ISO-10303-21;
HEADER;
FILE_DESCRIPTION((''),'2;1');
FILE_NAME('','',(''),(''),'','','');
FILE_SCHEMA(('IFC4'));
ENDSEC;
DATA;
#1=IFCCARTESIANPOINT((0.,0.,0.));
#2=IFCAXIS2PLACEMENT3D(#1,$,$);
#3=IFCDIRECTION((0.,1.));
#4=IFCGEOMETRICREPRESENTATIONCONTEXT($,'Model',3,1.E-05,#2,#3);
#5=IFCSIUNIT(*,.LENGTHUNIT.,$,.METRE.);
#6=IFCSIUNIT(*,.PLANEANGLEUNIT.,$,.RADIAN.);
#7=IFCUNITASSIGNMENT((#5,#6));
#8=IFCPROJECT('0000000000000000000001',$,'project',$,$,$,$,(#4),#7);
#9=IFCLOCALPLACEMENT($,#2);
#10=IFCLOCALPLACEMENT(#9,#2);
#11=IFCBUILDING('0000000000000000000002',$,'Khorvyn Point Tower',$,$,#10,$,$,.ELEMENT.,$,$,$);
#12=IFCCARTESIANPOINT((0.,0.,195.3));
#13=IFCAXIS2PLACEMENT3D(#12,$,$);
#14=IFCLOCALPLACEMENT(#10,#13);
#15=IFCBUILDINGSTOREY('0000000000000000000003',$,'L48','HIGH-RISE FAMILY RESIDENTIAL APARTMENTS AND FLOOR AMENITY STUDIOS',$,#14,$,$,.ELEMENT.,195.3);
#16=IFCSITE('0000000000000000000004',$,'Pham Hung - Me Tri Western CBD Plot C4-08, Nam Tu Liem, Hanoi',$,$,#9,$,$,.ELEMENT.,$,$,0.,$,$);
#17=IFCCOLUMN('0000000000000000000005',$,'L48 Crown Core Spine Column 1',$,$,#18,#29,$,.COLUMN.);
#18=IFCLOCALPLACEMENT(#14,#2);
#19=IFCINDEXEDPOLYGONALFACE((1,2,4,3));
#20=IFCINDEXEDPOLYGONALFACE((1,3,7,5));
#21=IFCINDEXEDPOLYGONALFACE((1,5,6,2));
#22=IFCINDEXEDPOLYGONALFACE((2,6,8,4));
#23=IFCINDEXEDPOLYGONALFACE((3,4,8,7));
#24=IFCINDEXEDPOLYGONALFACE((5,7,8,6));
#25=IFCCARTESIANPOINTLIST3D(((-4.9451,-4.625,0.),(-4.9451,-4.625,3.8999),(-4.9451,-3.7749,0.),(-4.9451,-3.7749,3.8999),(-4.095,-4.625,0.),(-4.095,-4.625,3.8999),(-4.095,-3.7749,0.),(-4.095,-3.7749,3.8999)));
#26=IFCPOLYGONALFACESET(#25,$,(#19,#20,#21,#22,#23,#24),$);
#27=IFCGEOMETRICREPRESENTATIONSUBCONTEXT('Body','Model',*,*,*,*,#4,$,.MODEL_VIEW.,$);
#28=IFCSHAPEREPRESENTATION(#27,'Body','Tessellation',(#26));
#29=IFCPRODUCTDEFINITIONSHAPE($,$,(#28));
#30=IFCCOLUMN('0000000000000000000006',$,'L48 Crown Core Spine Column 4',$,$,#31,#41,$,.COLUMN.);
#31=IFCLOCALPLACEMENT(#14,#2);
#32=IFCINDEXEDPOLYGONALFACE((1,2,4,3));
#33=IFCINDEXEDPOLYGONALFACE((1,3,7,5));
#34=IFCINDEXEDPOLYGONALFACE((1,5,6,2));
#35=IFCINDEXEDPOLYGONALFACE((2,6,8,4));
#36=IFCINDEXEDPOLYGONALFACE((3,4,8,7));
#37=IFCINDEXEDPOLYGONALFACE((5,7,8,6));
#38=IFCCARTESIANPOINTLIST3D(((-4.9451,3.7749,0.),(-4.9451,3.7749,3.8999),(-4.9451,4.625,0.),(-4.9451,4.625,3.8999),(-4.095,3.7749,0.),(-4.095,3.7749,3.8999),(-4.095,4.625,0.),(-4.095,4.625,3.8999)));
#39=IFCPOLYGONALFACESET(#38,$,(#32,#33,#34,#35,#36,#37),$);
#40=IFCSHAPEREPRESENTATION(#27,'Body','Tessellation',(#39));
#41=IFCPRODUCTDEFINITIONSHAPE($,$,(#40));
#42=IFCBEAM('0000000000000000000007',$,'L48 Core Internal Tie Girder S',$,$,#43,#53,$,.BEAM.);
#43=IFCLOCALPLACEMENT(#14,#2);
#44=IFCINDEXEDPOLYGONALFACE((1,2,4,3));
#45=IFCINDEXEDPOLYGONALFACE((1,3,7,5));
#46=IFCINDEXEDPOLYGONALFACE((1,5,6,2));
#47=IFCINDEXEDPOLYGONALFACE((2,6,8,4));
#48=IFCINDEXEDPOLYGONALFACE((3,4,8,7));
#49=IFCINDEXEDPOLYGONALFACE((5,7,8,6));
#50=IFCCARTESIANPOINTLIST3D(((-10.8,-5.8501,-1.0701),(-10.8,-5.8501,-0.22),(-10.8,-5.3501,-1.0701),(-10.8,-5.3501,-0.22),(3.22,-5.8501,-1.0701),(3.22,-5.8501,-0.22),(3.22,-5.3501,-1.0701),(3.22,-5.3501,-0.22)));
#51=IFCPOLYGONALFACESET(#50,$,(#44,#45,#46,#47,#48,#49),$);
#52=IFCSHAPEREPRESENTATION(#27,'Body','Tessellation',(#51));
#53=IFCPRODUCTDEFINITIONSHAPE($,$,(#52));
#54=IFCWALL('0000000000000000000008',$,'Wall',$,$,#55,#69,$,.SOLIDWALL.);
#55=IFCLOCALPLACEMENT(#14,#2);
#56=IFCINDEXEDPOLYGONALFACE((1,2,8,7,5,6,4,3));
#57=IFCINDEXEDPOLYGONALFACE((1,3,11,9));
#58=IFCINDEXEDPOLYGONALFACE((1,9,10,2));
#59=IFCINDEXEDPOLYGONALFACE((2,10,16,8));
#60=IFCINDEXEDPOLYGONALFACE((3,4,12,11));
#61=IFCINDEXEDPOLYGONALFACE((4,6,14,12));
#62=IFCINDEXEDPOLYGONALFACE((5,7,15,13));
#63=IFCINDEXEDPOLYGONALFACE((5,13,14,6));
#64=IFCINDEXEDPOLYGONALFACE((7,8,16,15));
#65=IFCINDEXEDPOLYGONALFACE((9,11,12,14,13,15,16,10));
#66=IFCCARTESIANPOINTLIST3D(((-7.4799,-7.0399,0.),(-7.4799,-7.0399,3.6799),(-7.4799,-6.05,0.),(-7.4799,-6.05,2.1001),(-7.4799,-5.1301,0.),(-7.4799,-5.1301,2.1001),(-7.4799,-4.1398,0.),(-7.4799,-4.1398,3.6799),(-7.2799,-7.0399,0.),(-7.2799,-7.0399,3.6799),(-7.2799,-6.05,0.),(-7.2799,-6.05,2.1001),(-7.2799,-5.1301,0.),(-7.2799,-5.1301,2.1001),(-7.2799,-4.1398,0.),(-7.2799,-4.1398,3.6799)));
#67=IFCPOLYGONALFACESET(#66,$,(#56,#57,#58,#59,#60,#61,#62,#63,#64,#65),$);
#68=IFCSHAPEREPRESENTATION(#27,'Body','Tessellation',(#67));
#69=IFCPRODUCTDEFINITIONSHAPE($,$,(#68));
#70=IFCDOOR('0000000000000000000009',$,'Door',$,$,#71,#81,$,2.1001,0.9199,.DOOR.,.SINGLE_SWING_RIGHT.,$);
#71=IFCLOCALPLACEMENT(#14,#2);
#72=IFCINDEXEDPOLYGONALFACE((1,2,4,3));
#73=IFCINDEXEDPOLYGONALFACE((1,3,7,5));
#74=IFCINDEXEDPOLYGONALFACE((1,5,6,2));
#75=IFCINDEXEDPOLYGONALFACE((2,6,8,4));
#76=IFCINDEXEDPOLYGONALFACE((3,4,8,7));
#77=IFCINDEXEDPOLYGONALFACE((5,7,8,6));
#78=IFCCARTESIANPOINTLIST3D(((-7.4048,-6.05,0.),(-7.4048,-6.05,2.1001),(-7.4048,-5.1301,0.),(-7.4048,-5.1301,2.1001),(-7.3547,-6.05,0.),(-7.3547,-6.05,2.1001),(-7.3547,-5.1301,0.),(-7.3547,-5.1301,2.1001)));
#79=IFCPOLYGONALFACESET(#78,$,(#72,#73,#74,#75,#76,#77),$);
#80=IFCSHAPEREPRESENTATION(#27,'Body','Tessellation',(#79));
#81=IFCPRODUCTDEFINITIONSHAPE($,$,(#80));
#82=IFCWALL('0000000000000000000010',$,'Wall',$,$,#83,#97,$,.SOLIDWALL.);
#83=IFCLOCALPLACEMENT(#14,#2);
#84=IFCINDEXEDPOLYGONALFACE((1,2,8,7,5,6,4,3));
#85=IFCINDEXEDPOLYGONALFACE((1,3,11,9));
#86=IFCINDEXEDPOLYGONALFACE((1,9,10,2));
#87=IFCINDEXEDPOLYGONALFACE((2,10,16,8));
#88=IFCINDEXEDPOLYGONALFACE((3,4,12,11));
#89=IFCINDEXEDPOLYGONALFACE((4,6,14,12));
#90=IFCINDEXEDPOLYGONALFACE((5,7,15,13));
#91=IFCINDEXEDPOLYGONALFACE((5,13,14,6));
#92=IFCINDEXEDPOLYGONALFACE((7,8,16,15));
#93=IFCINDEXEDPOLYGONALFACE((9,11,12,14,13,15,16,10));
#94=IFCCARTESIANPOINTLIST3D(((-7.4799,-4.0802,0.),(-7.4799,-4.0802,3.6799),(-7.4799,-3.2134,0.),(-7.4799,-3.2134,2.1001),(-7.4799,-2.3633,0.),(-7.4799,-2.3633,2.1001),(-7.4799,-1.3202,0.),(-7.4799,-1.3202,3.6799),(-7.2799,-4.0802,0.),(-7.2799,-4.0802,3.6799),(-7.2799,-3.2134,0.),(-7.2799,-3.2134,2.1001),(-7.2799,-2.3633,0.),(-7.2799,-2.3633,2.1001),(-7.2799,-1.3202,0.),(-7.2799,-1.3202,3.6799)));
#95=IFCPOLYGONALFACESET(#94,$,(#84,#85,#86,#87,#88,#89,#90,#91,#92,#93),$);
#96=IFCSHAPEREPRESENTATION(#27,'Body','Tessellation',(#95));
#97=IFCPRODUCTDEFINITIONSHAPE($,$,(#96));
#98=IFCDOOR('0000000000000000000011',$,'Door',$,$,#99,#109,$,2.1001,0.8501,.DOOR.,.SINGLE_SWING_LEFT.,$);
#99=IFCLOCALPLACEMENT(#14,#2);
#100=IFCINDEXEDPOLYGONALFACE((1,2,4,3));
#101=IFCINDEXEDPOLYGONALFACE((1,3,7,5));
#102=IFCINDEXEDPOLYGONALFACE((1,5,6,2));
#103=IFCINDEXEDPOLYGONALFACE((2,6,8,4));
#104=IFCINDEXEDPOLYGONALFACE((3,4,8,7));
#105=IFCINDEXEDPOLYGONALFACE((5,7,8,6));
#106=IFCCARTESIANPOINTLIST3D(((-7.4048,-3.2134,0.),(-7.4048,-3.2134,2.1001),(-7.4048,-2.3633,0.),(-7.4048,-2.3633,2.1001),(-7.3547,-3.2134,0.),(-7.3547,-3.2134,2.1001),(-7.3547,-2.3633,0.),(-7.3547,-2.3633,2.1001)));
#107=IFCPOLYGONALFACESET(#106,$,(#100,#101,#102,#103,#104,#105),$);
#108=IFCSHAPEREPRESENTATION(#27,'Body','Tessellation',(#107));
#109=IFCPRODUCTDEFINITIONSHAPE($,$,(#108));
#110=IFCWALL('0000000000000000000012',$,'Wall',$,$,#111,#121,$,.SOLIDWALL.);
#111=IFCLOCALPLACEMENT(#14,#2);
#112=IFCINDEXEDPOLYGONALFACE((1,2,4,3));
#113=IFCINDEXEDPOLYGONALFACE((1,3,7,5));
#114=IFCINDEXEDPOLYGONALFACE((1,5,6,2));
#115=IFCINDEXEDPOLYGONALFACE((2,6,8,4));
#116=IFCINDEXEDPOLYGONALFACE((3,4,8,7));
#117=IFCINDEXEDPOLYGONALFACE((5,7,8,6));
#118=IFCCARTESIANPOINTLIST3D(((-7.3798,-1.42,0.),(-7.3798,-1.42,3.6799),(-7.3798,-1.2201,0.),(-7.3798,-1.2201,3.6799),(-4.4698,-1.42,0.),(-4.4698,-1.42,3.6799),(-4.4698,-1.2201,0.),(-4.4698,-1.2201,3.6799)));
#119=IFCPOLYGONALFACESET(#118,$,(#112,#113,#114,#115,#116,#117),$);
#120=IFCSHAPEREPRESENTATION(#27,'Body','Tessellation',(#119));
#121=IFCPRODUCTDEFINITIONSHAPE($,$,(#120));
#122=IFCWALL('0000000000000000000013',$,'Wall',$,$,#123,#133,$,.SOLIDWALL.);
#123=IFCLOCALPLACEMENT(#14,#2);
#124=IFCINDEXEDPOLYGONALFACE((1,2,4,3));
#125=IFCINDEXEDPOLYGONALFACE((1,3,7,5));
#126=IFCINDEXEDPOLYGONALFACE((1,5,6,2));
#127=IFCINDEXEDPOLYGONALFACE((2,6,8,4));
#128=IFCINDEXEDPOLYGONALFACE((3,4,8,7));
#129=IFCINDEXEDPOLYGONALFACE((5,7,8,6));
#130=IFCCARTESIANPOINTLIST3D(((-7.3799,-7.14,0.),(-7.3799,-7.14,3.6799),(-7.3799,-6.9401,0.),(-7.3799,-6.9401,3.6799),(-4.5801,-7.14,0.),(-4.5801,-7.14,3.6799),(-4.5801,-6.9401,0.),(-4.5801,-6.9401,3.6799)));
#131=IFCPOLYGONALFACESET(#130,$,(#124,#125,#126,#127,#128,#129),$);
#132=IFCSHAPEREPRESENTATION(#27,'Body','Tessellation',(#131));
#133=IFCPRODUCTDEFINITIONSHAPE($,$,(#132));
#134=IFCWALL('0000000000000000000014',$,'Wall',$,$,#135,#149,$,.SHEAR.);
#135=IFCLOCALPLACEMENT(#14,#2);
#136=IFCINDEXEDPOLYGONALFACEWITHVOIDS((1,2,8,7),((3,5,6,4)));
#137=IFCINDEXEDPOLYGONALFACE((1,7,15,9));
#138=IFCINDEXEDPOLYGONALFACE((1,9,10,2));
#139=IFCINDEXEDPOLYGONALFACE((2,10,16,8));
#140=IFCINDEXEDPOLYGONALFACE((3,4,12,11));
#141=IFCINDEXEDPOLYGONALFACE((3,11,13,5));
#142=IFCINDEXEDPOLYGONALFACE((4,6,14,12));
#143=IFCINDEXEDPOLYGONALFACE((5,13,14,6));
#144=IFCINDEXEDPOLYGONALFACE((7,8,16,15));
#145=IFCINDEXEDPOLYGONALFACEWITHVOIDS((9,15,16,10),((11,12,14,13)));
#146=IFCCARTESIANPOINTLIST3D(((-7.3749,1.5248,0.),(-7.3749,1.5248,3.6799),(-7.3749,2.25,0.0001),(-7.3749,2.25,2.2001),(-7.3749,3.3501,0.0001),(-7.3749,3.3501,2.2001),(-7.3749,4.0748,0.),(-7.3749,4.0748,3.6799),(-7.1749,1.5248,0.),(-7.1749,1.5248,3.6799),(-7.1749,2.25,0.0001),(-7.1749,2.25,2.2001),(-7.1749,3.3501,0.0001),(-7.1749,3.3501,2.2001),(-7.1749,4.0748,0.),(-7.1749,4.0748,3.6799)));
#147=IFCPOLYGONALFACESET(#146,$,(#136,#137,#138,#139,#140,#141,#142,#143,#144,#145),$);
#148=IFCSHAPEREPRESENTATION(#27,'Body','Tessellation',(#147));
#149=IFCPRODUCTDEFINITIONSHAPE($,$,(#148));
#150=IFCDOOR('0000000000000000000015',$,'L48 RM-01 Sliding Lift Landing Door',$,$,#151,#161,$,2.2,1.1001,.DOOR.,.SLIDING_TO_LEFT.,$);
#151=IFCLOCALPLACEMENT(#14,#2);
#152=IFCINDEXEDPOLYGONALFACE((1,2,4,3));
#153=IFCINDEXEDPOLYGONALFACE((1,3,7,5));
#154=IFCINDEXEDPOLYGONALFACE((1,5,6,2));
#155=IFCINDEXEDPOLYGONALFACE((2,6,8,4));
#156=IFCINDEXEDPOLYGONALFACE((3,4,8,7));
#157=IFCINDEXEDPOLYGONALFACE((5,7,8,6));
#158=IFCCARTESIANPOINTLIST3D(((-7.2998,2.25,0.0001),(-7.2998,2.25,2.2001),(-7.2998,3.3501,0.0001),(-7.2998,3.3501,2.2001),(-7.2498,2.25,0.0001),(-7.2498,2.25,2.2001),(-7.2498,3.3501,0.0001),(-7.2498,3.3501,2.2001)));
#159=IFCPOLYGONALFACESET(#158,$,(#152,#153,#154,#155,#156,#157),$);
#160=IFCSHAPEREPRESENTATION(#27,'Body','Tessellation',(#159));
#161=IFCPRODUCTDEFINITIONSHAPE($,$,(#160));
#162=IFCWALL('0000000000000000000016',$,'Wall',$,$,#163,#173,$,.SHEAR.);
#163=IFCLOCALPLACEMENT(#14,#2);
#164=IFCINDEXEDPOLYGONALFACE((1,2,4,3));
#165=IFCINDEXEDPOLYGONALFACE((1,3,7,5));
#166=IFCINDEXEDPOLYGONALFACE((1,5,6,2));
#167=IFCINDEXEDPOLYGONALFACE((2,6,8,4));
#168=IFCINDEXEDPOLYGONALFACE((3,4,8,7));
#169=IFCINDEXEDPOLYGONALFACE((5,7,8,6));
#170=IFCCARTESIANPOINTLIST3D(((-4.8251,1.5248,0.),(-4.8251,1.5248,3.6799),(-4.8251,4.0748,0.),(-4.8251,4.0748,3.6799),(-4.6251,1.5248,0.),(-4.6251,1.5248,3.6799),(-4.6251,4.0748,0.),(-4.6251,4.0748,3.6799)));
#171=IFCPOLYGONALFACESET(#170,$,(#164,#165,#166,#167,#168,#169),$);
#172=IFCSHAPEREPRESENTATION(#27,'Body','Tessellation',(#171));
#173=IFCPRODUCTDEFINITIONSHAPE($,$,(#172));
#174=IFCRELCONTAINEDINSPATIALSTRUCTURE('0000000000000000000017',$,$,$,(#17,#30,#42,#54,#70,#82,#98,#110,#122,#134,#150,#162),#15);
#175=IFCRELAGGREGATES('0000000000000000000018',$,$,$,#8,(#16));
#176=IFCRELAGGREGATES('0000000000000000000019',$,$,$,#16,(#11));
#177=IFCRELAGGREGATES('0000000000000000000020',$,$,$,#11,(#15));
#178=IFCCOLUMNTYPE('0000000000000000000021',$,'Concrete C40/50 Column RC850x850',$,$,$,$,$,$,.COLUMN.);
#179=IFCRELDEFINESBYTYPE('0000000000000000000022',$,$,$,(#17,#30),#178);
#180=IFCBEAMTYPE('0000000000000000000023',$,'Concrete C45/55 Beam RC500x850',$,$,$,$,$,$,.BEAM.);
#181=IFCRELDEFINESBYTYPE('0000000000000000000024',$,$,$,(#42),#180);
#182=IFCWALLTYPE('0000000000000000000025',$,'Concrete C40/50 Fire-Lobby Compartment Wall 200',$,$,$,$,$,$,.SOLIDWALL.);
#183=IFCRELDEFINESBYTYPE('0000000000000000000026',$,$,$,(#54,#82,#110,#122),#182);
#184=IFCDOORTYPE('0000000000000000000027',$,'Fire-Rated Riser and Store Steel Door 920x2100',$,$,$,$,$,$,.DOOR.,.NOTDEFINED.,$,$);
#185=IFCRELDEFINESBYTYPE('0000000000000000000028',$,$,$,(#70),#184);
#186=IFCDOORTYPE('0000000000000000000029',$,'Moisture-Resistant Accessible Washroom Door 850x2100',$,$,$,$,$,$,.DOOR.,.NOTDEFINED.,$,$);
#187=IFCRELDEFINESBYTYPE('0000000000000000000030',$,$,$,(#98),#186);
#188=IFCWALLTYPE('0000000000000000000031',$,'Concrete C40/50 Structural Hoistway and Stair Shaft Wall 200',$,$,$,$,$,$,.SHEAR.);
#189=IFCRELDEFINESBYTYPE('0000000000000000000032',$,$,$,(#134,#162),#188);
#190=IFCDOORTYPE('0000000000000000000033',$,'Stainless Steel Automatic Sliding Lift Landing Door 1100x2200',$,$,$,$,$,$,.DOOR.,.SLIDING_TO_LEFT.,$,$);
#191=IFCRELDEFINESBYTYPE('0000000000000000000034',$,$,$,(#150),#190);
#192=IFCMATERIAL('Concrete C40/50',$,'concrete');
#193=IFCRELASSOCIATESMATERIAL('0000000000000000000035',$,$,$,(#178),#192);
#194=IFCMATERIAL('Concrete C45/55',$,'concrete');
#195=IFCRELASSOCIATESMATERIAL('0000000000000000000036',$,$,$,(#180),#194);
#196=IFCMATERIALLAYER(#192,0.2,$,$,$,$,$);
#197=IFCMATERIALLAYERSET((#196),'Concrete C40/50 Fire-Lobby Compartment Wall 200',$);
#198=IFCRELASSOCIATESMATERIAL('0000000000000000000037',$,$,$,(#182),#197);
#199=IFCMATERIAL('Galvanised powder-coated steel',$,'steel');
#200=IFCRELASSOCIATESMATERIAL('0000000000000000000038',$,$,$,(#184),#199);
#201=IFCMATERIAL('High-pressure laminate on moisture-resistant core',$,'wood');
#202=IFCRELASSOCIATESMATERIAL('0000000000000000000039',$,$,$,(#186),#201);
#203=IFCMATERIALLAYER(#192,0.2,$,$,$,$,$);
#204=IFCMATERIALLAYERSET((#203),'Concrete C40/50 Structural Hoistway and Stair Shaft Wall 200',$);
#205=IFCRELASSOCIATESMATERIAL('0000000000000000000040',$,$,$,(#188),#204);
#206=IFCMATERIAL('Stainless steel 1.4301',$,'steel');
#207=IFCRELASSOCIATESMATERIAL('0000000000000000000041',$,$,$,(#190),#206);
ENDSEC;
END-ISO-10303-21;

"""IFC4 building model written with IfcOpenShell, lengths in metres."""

from ifc_helpers import new_model, si_unit, direction, frame, frame_2d, origin, origin_2d, place, context, subcontext, project, spatial, rectangle, extrude, material, layer, layer_set, material_profile, profile_set, type_object, element, fill, save


model = new_model("IFC4")

# Units and contexts
model_context = context("Model", 3, precision=1e-05, world=origin(), true_north=direction((0.0, 1.0)))
body_context = subcontext(model_context, "Body", "Model", "MODEL_VIEW")
ifc_project = project(units=[si_unit("LENGTHUNIT", "METRE"), si_unit("PLANEANGLEUNIT", "RADIAN")], contexts=[model_context])

# Site, building, storey
site_placement = place(None, origin())
site = spatial("IfcSite", under=ifc_project, at=site_placement, Name="Pham Hung - Me Tri Western CBD Plot C4-08, Nam Tu Liem, Hanoi", CompositionType="ELEMENT", RefElevation=0.0)
building_placement = place(site_placement, origin())
building = spatial("IfcBuilding", under=site, at=building_placement, Name="Khorvyn Point Tower", CompositionType="ELEMENT")
storey_placement = place(building_placement, frame((0.0, 0.0, 195.3)))
storey = spatial("IfcBuildingStorey", under=building, at=storey_placement, Name="L48", Description="HIGH-RISE FAMILY RESIDENTIAL APARTMENTS AND FLOOR AMENITY STUDIOS", CompositionType="ELEMENT", Elevation=195.3)

# Columns
ifc_material_1 = material(Name="Concrete C40/50", Category="concrete")
ifc_material_profile_1 = material_profile(ifc_material_1, rectangle(XDim=0.8501, YDim=0.8501, at=origin_2d()))
ifc_profile_set_1 = profile_set([ifc_material_profile_1], Name="Concrete C40/50 RC850x850")
column_type = type_object("IfcColumnType", Name="Concrete C40/50 Column RC850x850", PredefinedType="COLUMN", material=ifc_profile_set_1)
for number, where, z_axis, x_axis, name in (
    (1, (-4.52, -4.2, 0.0), (0.0, 0.0, 1.0), (1.0, 0.0, 0.0), "L48 Crown Core Spine Column 1"),
    (2, (-4.52, 4.2, 0.0), (0.0, 0.0, 1.0), (1.0, 0.0, 0.0), "L48 Crown Core Spine Column 4"),
):
    element("IfcColumn", number, at=place(storey_placement, frame(where, z_axis=z_axis, x_axis=x_axis)), inside=storey, type_object=column_type, Name=name, PredefinedType="COLUMN", context=body_context, shape_type="SweptSolid", body=[
        extrude(rectangle(XDim=0.8501, YDim=0.8501, at=origin_2d()), origin(), (0.0, 0.0, 1.0), 3.8999),
    ])

# Beam
ifc_material_2 = material(Name="Concrete C45/55", Category="concrete")
ifc_material_profile_2 = material_profile(ifc_material_2, rectangle(XDim=0.5, YDim=0.8501, at=origin_2d()))
ifc_profile_set_2 = profile_set([ifc_material_profile_2], Name="Concrete C45/55 RC500x850")
beam_type = type_object("IfcBeamType", Name="Concrete C45/55 Beam RC500x850", PredefinedType="BEAM", material=ifc_profile_set_2)
beam_placement = place(storey_placement, frame((-10.8, -5.6001, -0.645), z_axis=(1.0, 0.0, 0.0), x_axis=(0.0, 1.0, 0.0)))
element("IfcBeam", 3, at=beam_placement, inside=storey, type_object=beam_type, Name="L48 Core Internal Tie Girder S", PredefinedType="BEAM", context=body_context, shape_type="SweptSolid", body=[
    extrude(rectangle(XDim=0.5, YDim=0.8501, at=origin_2d()), origin(), (0.0, 0.0, 1.0), 14.02),
])

# Walls, openings, doors
ifc_layer_1 = layer(ifc_material_1, 0.2)
ifc_layer_set_1 = layer_set([ifc_layer_1], Name="Concrete C40/50 Fire-Lobby Compartment Wall 200")
wall_type_1 = type_object("IfcWallType", Name="Concrete C40/50 Fire-Lobby Compartment Wall 200", PredefinedType="SOLIDWALL", material=ifc_layer_set_1)
wall_1_placement = place(storey_placement, frame((-7.3799, -7.04, 0.0), z_axis=(0.0, 0.0, 1.0), x_axis=(0.0, 1.0, 0.0)))
wall_1 = element("IfcWall", 4, at=wall_1_placement, inside=storey, type_object=wall_type_1, Name="Wall", PredefinedType="SOLIDWALL", context=body_context, shape_type="SweptSolid", body=[
    extrude(rectangle(XDim=2.9001, YDim=0.2, at=frame_2d((1.4502, 0.0))), origin(), (0.0, 0.0, 1.0), 3.6799),
])
opening_1_placement = place(wall_1_placement, frame((0.99, 0.0, 0.0)))
opening_1 = element("IfcOpeningElement", 5, at=opening_1_placement, cuts=wall_1, PredefinedType="OPENING", context=body_context, shape_type="SweptSolid", body=[
    extrude(rectangle(XDim=0.9199, YDim=2.1001, at=frame_2d((0.46, 1.05))), frame((0.0, 0.1099, 0.0), z_axis=(0.0, -1.0, 0.0), x_axis=(1.0, 0.0, 0.0)), (0.0, 0.0, 1.0), 0.22),
])
ifc_material_3 = material(Name="Galvanised powder-coated steel", Category="steel")
door_type_1 = type_object("IfcDoorType", Name="Fire-Rated Riser and Store Steel Door 920x2100", OperationType="NOTDEFINED", PredefinedType="DOOR", material=ifc_material_3)
door_1_placement = place(opening_1_placement, origin())
door_1 = element("IfcDoor", 6, at=door_1_placement, inside=storey, type_object=door_type_1, Name="Door", OperationType="SINGLE_SWING_RIGHT", OverallHeight=2.1001, OverallWidth=0.9199, PredefinedType="DOOR", context=body_context, shape_type="SweptSolid", body=[
    extrude(rectangle(XDim=0.9199, YDim=2.1001, at=frame_2d((0.46, 1.05))), frame((0.0, 0.0249, 0.0), z_axis=(0.0, -1.0, 0.0), x_axis=(1.0, 0.0, 0.0)), (0.0, 0.0, 1.0), 0.05),
])
fill(opening_1, door_1)
wall_2_placement = place(storey_placement, frame((-7.3799, -4.0801, 0.0), z_axis=(0.0, 0.0, 1.0), x_axis=(0.0, 1.0, 0.0)))
wall_2 = element("IfcWall", 7, at=wall_2_placement, inside=storey, type_object=wall_type_1, Name="Wall", PredefinedType="SOLIDWALL", context=body_context, shape_type="SweptSolid", body=[
    extrude(rectangle(XDim=2.76, YDim=0.2, at=frame_2d((1.3799, 0.0))), origin(), (0.0, 0.0, 1.0), 3.6799),
])
opening_2_placement = place(wall_2_placement, frame((0.8667, 0.0, 0.0)))
opening_2 = element("IfcOpeningElement", 8, at=opening_2_placement, cuts=wall_2, PredefinedType="OPENING", context=body_context, shape_type="SweptSolid", body=[
    extrude(rectangle(XDim=0.8501, YDim=2.1001, at=frame_2d((0.425, 1.05))), frame((0.0, 0.1099, 0.0), z_axis=(0.0, -1.0, 0.0), x_axis=(1.0, 0.0, 0.0)), (0.0, 0.0, 1.0), 0.22),
])
ifc_material_4 = material(Name="High-pressure laminate on moisture-resistant core", Category="wood")
door_type_2 = type_object("IfcDoorType", Name="Moisture-Resistant Accessible Washroom Door 850x2100", OperationType="NOTDEFINED", PredefinedType="DOOR", material=ifc_material_4)
door_2_placement = place(opening_2_placement, origin())
door_2 = element("IfcDoor", 9, at=door_2_placement, inside=storey, type_object=door_type_2, Name="Door", OperationType="SINGLE_SWING_LEFT", OverallHeight=2.1001, OverallWidth=0.8501, PredefinedType="DOOR", context=body_context, shape_type="SweptSolid", body=[
    extrude(rectangle(XDim=0.8501, YDim=2.1001, at=frame_2d((0.425, 1.05))), frame((0.0, 0.0249, 0.0), z_axis=(0.0, -1.0, 0.0), x_axis=(1.0, 0.0, 0.0)), (0.0, 0.0, 1.0), 0.05),
])
fill(opening_2, door_2)

# Walls
wall_3_placement = place(storey_placement, frame((-7.3799, -1.3201, 0.0), z_axis=(0.0, 0.0, 1.0), x_axis=(1.0, 0.0, 0.0)))
element("IfcWall", 10, at=wall_3_placement, inside=storey, type_object=wall_type_1, Name="Wall", PredefinedType="SOLIDWALL", context=body_context, shape_type="SweptSolid", body=[
    extrude(rectangle(XDim=2.9099, YDim=0.2, at=frame_2d((1.4551, 0.0))), origin(), (0.0, 0.0, 1.0), 3.6799),
])
wall_4_placement = place(storey_placement, frame((-7.3799, -7.04, 0.0), z_axis=(0.0, 0.0, 1.0), x_axis=(1.0, 0.0, 0.0)))
element("IfcWall", 11, at=wall_4_placement, inside=storey, type_object=wall_type_1, Name="Wall", PredefinedType="SOLIDWALL", context=body_context, shape_type="SweptSolid", body=[
    extrude(rectangle(XDim=2.7998, YDim=0.2, at=frame_2d((1.3999, 0.0))), origin(), (0.0, 0.0, 1.0), 3.6799),
])

# Wall, opening, door
ifc_layer_2 = layer(ifc_material_1, 0.2)
ifc_layer_set_2 = layer_set([ifc_layer_2], Name="Concrete C40/50 Structural Hoistway and Stair Shaft Wall 200")
wall_type_2 = type_object("IfcWallType", Name="Concrete C40/50 Structural Hoistway and Stair Shaft Wall 200", PredefinedType="SHEAR", material=ifc_layer_set_2)
wall_5_placement = place(storey_placement, frame((-7.2749, 1.5249, 0.0), z_axis=(0.0, 0.0, 1.0), x_axis=(0.0, 1.0, 0.0)))
wall_5 = element("IfcWall", 12, at=wall_5_placement, inside=storey, type_object=wall_type_2, Name="Wall", PredefinedType="SHEAR", context=body_context, shape_type="SweptSolid", body=[
    extrude(rectangle(XDim=2.55, YDim=0.2, at=frame_2d((1.2749, 0.0))), origin(), (0.0, 0.0, 1.0), 3.6799),
])
opening_3_placement = place(wall_5_placement, frame((0.7251, 0.0, 0.0)))
opening_3 = element("IfcOpeningElement", 13, at=opening_3_placement, cuts=wall_5, PredefinedType="OPENING", context=body_context, shape_type="SweptSolid", body=[
    extrude(rectangle(XDim=1.1001, YDim=2.2, at=frame_2d((0.55, 1.1001))), frame((0.0, 0.1099, 0.0), z_axis=(0.0, -1.0, 0.0), x_axis=(1.0, 0.0, 0.0)), (0.0, 0.0, 1.0), 0.22),
])
ifc_material_5 = material(Name="Stainless steel 1.4301", Category="steel")
door_type_3 = type_object("IfcDoorType", Name="Stainless Steel Automatic Sliding Lift Landing Door 1100x2200", OperationType="SLIDING_TO_LEFT", PredefinedType="DOOR", material=ifc_material_5)
door_3_placement = place(opening_3_placement, origin())
door_3 = element("IfcDoor", 14, at=door_3_placement, inside=storey, type_object=door_type_3, Name="L48 RM-01 Sliding Lift Landing Door", OperationType="SLIDING_TO_LEFT", OverallHeight=2.2, OverallWidth=1.1001, PredefinedType="DOOR", context=body_context, shape_type="SweptSolid", body=[
    extrude(rectangle(XDim=1.1001, YDim=2.2, at=frame_2d((0.55, 1.1001))), frame((0.0, 0.0249, 0.0), z_axis=(0.0, -1.0, 0.0), x_axis=(1.0, 0.0, 0.0)), (0.0, 0.0, 1.0), 0.05),
])
fill(opening_3, door_3)

# Wall
wall_6_placement = place(storey_placement, frame((-4.7251, 1.5249, 0.0), z_axis=(0.0, 0.0, 1.0), x_axis=(0.0, 1.0, 0.0)))
element("IfcWall", 15, at=wall_6_placement, inside=storey, type_object=wall_type_2, Name="Wall", PredefinedType="SHEAR", context=body_context, shape_type="SweptSolid", body=[
    extrude(rectangle(XDim=2.55, YDim=0.2, at=frame_2d((1.2749, 0.0))), origin(), (0.0, 0.0, 1.0), 3.6799),
])

save(model, "model.ifc")
